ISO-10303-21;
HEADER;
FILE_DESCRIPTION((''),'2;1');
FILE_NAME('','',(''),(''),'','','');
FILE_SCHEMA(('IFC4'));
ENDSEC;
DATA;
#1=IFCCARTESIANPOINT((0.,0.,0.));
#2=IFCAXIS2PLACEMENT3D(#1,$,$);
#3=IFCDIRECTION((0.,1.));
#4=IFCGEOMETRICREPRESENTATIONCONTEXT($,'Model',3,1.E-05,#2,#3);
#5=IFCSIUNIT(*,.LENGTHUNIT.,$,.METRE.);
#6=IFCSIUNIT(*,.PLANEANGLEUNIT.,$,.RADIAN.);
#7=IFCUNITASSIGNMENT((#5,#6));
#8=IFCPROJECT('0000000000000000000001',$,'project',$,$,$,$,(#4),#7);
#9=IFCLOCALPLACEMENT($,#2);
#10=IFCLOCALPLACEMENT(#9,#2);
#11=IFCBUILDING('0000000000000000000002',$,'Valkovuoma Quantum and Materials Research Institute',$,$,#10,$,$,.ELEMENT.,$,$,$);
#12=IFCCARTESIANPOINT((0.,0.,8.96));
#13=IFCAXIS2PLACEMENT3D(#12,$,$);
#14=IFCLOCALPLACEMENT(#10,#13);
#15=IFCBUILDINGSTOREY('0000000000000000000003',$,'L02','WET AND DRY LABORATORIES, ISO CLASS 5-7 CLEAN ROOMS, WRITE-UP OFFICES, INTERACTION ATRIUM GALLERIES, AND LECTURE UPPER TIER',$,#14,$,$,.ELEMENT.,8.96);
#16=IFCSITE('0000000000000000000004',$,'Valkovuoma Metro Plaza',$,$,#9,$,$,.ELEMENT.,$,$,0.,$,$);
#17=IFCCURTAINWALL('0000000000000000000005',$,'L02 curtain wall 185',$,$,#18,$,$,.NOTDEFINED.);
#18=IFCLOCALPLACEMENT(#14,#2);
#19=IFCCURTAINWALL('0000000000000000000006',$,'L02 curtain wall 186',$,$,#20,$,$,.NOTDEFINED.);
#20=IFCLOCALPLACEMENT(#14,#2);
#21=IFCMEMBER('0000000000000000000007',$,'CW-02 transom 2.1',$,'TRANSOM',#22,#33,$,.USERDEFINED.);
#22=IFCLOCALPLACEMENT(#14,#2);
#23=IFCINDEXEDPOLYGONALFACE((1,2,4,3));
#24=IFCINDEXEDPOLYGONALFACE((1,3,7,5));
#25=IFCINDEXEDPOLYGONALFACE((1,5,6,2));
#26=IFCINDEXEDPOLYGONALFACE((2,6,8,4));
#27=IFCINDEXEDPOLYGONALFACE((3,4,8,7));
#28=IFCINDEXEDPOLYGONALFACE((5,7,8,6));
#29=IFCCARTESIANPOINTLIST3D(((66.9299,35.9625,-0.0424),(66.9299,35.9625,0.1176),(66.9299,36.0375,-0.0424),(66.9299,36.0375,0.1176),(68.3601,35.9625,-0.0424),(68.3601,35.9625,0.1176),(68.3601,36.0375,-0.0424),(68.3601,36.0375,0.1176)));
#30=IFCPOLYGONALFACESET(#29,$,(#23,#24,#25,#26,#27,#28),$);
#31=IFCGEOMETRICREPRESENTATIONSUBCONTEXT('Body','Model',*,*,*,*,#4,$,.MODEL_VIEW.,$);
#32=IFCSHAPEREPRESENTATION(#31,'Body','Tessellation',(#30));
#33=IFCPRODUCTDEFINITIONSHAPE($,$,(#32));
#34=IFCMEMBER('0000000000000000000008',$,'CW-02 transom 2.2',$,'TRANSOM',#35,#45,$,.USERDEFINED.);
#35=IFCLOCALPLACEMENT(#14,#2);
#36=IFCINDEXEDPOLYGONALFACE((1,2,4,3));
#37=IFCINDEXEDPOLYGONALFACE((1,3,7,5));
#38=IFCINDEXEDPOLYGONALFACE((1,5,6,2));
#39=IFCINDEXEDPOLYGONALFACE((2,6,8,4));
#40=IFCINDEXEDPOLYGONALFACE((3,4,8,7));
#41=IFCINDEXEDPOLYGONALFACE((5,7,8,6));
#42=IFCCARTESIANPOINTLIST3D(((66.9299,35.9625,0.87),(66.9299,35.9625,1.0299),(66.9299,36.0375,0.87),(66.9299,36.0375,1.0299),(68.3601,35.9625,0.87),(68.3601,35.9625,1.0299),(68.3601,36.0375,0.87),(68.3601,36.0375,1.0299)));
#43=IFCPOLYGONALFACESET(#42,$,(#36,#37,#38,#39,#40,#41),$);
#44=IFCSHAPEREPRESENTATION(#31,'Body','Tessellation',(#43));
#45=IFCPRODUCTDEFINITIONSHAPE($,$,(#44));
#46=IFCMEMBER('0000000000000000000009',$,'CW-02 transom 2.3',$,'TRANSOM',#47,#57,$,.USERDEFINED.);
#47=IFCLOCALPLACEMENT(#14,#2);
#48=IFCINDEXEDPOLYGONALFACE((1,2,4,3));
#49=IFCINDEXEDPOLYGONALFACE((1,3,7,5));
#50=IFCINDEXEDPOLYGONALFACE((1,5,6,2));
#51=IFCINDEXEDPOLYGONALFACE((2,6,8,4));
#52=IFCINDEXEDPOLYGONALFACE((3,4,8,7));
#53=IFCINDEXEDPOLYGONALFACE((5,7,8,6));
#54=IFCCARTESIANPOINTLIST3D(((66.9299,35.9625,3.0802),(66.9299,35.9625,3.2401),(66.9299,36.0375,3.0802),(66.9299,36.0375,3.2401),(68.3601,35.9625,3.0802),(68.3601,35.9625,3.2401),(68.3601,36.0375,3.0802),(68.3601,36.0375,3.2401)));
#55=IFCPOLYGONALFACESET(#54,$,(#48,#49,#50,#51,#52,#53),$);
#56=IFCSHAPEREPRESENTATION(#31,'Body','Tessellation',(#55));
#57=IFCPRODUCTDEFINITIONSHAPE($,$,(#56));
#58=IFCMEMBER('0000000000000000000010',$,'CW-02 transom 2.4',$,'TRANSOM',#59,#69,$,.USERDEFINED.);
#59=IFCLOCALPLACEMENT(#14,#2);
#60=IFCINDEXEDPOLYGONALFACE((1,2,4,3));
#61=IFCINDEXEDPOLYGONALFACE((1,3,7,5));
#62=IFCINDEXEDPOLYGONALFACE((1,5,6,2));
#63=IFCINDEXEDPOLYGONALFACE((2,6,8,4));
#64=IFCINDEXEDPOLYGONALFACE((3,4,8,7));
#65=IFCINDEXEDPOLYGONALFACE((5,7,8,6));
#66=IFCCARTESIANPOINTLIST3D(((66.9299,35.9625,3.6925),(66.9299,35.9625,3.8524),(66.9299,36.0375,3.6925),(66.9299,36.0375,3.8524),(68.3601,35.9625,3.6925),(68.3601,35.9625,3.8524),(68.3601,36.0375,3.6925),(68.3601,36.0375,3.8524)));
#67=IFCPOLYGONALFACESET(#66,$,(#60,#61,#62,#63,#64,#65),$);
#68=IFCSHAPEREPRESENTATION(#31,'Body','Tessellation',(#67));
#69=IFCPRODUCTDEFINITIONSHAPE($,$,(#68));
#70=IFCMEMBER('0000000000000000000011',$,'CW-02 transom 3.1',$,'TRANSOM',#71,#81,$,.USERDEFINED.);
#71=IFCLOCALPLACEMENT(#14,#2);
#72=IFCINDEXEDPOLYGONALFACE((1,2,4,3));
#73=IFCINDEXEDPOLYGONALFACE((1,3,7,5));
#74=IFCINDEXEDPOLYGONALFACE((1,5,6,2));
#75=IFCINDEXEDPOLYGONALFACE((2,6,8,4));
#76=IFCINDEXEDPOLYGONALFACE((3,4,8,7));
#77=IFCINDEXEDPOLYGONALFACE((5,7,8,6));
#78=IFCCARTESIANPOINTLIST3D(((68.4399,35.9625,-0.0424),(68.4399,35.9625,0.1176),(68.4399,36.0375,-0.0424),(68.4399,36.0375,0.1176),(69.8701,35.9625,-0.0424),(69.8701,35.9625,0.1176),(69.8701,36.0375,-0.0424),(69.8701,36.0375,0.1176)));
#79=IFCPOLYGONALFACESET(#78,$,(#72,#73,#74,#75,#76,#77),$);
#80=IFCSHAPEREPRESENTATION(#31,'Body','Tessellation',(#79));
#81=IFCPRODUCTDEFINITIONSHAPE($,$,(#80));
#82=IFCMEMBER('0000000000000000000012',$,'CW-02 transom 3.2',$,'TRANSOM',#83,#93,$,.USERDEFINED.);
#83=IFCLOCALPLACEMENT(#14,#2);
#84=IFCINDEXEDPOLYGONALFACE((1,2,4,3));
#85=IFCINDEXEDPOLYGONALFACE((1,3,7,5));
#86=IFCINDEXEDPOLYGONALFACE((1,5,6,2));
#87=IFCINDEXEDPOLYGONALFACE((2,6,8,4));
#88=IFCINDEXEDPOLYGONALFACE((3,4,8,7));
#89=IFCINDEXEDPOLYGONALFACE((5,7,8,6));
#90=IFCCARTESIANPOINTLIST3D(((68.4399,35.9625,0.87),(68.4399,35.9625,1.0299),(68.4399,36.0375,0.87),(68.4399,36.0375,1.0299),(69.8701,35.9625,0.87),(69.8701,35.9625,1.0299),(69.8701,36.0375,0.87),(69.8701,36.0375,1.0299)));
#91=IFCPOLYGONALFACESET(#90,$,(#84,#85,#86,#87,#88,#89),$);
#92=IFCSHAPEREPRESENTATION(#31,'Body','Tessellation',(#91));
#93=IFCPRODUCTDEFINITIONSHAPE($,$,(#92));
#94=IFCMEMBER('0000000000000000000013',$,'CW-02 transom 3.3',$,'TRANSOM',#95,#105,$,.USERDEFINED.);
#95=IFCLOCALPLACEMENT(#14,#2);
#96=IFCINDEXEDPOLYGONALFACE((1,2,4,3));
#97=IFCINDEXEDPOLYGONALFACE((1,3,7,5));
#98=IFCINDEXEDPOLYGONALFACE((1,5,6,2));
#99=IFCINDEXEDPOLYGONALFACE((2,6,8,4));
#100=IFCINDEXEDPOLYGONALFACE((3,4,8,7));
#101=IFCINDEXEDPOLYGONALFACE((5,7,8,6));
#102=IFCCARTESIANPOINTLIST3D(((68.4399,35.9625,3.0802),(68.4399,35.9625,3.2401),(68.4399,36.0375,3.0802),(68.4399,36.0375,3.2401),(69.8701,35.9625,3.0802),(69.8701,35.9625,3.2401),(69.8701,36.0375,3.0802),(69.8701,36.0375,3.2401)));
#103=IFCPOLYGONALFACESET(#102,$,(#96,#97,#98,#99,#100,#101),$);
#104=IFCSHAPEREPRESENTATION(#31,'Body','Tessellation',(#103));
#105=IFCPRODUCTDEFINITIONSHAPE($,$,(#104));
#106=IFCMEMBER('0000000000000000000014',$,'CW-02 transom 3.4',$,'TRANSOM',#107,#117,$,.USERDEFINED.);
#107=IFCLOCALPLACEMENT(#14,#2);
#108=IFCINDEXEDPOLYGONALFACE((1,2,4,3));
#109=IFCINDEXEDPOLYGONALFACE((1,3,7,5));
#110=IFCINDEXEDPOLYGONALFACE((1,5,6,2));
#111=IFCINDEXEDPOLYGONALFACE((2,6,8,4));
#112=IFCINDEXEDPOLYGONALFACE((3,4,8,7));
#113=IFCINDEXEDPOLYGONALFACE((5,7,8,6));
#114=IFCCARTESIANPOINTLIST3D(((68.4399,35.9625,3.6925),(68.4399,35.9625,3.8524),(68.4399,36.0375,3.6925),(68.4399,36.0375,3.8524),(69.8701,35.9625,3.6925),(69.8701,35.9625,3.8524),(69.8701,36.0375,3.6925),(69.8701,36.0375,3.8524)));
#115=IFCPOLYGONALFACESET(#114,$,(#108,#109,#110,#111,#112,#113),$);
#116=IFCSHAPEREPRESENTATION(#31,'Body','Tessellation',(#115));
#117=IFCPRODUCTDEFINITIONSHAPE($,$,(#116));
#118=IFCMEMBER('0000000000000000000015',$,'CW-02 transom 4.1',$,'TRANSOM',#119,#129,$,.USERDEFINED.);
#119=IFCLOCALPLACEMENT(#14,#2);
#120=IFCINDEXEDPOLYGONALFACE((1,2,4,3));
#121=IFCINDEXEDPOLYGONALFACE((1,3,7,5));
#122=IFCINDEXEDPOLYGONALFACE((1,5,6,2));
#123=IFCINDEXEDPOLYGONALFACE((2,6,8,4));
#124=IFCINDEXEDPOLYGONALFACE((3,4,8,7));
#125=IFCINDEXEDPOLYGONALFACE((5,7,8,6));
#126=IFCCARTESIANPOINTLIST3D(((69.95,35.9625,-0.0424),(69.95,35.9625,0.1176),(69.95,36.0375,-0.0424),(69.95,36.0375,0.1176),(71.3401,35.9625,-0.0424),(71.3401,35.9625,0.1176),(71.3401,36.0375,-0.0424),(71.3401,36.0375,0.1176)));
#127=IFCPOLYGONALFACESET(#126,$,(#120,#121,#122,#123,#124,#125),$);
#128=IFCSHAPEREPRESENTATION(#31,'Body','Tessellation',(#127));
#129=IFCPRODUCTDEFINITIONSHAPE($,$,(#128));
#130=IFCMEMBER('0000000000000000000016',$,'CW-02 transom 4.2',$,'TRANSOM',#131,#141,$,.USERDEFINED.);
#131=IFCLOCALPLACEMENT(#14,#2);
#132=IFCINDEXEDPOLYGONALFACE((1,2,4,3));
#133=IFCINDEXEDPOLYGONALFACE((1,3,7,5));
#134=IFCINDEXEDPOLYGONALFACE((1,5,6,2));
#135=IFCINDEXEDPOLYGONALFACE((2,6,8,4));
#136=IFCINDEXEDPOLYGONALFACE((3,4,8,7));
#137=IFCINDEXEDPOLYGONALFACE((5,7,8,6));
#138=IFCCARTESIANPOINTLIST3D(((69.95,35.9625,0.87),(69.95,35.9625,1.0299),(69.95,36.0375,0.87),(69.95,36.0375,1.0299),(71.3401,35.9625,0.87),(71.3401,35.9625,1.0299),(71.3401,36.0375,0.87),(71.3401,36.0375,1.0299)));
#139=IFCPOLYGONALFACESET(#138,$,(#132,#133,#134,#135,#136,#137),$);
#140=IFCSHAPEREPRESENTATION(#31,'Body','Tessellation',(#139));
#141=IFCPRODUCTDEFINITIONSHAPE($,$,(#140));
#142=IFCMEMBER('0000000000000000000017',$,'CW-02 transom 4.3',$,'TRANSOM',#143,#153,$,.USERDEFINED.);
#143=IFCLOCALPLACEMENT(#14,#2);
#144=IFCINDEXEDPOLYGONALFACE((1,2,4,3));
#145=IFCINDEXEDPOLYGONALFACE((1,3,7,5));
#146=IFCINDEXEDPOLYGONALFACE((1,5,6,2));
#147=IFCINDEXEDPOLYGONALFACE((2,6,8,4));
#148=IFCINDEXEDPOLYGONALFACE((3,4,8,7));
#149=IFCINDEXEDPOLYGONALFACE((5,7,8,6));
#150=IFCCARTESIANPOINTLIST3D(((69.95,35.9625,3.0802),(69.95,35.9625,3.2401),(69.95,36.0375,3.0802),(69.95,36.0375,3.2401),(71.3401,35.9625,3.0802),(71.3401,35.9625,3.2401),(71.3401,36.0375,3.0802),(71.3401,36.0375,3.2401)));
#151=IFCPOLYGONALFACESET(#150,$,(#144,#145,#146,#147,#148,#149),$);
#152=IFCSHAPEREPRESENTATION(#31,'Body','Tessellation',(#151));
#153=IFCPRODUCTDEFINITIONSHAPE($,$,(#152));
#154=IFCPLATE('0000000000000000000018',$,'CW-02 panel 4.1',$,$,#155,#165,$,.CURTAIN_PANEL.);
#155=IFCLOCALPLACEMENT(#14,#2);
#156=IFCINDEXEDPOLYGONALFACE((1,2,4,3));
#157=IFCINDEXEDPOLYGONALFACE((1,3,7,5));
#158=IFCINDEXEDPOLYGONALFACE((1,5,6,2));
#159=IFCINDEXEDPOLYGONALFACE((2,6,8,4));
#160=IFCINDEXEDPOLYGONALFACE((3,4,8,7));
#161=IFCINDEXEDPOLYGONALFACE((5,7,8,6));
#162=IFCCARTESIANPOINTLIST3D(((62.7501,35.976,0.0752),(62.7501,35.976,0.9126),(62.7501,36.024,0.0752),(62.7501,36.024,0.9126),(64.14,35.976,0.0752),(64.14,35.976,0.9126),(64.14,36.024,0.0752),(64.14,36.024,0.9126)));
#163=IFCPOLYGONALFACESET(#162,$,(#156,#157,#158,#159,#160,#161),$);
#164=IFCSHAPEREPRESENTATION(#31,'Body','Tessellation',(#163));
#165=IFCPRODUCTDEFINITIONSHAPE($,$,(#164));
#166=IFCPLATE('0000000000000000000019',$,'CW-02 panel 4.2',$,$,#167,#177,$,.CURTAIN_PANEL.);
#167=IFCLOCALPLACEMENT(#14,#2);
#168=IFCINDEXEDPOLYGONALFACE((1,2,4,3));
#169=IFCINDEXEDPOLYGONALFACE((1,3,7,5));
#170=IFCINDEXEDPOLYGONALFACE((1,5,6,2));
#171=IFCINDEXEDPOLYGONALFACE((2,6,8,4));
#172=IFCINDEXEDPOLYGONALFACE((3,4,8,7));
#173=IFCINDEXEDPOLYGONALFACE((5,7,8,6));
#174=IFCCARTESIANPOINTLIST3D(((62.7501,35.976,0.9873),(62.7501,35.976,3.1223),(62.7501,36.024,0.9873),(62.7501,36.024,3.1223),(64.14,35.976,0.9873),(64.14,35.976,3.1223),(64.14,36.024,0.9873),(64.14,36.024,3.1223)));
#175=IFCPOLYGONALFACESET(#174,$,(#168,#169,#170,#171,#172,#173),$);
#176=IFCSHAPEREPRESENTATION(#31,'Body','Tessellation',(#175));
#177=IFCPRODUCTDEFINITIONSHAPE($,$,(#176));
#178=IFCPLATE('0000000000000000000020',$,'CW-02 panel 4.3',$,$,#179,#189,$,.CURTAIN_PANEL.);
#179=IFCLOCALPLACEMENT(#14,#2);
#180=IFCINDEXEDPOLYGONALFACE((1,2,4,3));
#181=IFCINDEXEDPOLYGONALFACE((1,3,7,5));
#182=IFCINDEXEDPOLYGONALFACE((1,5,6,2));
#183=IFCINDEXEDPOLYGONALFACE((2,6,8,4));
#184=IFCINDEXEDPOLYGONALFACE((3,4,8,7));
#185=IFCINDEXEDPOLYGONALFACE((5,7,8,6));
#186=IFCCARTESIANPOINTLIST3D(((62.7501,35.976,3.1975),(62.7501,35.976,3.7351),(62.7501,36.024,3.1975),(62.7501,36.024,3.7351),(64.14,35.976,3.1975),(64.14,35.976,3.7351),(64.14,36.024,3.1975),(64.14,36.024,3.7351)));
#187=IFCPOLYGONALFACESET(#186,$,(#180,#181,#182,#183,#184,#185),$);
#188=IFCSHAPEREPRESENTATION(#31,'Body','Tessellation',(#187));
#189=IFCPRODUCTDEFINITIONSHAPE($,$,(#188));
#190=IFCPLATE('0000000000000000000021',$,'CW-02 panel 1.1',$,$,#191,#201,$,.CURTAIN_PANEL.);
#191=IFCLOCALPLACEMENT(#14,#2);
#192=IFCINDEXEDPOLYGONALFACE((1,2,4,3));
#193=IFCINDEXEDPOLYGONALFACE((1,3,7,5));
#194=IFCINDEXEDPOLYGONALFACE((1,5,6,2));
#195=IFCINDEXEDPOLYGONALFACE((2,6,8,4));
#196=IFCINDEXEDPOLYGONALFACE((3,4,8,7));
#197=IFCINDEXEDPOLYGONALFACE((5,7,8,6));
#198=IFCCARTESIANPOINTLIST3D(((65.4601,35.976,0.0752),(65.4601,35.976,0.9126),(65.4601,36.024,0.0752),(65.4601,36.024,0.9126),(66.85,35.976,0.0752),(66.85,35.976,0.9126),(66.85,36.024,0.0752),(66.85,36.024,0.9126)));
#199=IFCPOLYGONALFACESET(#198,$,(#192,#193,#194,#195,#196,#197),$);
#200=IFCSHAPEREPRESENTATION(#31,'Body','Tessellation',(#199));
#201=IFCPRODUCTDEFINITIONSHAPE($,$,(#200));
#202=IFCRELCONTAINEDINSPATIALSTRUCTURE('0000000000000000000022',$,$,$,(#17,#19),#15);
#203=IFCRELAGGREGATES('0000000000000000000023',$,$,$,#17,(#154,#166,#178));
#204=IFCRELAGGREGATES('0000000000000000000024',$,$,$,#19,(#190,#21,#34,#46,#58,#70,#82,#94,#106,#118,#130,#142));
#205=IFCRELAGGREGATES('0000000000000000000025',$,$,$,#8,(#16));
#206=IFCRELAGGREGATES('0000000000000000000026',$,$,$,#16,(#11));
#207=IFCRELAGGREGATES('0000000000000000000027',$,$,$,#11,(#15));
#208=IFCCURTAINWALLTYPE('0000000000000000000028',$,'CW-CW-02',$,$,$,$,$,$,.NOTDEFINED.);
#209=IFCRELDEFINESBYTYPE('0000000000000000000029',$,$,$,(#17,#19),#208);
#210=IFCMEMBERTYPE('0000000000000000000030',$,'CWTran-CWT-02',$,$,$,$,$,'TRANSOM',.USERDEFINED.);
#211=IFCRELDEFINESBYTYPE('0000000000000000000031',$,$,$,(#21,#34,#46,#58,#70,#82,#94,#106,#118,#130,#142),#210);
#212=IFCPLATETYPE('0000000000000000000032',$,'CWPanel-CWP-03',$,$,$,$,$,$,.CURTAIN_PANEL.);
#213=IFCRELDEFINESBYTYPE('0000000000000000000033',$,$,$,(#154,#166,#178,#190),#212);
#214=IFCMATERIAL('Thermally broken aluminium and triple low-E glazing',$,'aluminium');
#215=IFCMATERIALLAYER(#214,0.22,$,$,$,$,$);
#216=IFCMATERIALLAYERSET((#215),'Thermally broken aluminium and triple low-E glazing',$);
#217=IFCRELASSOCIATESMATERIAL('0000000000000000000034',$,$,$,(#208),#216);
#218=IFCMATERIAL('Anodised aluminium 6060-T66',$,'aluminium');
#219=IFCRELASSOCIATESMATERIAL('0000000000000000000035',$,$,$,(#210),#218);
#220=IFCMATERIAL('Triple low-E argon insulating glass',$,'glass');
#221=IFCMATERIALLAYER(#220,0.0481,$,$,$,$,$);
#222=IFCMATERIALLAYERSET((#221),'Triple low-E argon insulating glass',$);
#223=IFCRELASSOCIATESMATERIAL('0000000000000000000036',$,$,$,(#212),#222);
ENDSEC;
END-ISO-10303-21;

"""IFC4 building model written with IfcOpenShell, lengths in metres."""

from ifc_helpers import new_model, si_unit, direction, frame, origin, origin_2d, place, context, subcontext, project, spatial, rectangle, extrude, material, layer, layer_set, material_profile, profile_set, type_object, element, aggregate, save


model = new_model("IFC4")

# Units and contexts
model_context = context("Model", 3, precision=1e-05, world=origin(), true_north=direction((0.0, 1.0)))
body_context = subcontext(model_context, "Body", "Model", "MODEL_VIEW")
ifc_project = project(units=[si_unit("LENGTHUNIT", "METRE"), si_unit("PLANEANGLEUNIT", "RADIAN")], contexts=[model_context])

# Site, building, storey
site_placement = place(None, origin())
site = spatial("IfcSite", under=ifc_project, at=site_placement, Name="Valkovuoma Metro Plaza", CompositionType="ELEMENT", RefElevation=0.0)
building_placement = place(site_placement, origin())
building = spatial("IfcBuilding", under=site, at=building_placement, Name="Valkovuoma Quantum and Materials Research Institute", CompositionType="ELEMENT")
storey_placement = place(building_placement, frame((0.0, 0.0, 8.96)))
storey = spatial("IfcBuildingStorey", under=building, at=storey_placement, Name="L02", Description="WET AND DRY LABORATORIES, ISO CLASS 5-7 CLEAN ROOMS, WRITE-UP OFFICES, INTERACTION ATRIUM GALLERIES, AND LECTURE UPPER TIER", CompositionType="ELEMENT", Elevation=8.96)

# Curtain wall
ifc_material_1 = material(Name="Thermally broken aluminium and triple low-E glazing", Category="aluminium")
ifc_layer_1 = layer(ifc_material_1, 0.22)
ifc_layer_set_1 = layer_set([ifc_layer_1], Name="Thermally broken aluminium and triple low-E glazing")
curtain_wall_type = type_object("IfcCurtainWallType", Name="CW-CW-02", PredefinedType="NOTDEFINED", material=ifc_layer_set_1)
curtain_wall_1_placement = place(storey_placement, origin())
curtain_wall_1 = element("IfcCurtainWall", 1, at=curtain_wall_1_placement, inside=storey, type_object=curtain_wall_type, Name="L02 curtain wall 185", PredefinedType="NOTDEFINED")

# Curtain wall, members
curtain_wall_2_placement = place(storey_placement, origin())
curtain_wall_2 = element("IfcCurtainWall", 2, at=curtain_wall_2_placement, inside=storey, type_object=curtain_wall_type, Name="L02 curtain wall 186", PredefinedType="NOTDEFINED")
ifc_material_2 = material(Name="Anodised aluminium 6060-T66", Category="aluminium")
ifc_material_profile_1 = material_profile(ifc_material_2, rectangle(XDim=0.075, YDim=0.1599, at=origin_2d()), Name="Anodised aluminium 6060-T66")
ifc_profile_set_1 = profile_set([ifc_material_profile_1], Name="Anodised aluminium 6060-T66")
member_type_1 = type_object("IfcMemberType", Name="CWTran-CWT-02", ElementType="TRANSOM", PredefinedType="USERDEFINED", material=ifc_profile_set_1)
member_1_placement = place(storey_placement, frame((66.9299, 36.0, 0.0376), z_axis=(1.0, 0.0, 0.0), x_axis=(0.0, 1.0, 0.0)))
member_1 = element("IfcMember", 3, at=member_1_placement, type_object=member_type_1, Name="CW-02 transom 2.1", ObjectType="TRANSOM", PredefinedType="USERDEFINED", context=body_context, shape_type="SweptSolid", body=[
    extrude(rectangle(XDim=0.075, YDim=0.1599, at=origin_2d()), origin(), (0.0, 0.0, 1.0), 1.4302),
])
member_2_placement = place(storey_placement, frame((66.9299, 36.0, 0.95), z_axis=(1.0, 0.0, 0.0), x_axis=(0.0, 1.0, 0.0)))
member_2 = element("IfcMember", 4, at=member_2_placement, type_object=member_type_1, Name="CW-02 transom 2.2", ObjectType="TRANSOM", PredefinedType="USERDEFINED", context=body_context, shape_type="SweptSolid", body=[
    extrude(rectangle(XDim=0.075, YDim=0.1599, at=origin_2d()), origin(), (0.0, 0.0, 1.0), 1.4302),
])
member_3_placement = place(storey_placement, frame((66.9299, 36.0, 3.1602), z_axis=(1.0, 0.0, 0.0), x_axis=(0.0, 1.0, 0.0)))
member_3 = element("IfcMember", 5, at=member_3_placement, type_object=member_type_1, Name="CW-02 transom 2.3", ObjectType="TRANSOM", PredefinedType="USERDEFINED", context=body_context, shape_type="SweptSolid", body=[
    extrude(rectangle(XDim=0.075, YDim=0.1599, at=origin_2d()), origin(), (0.0, 0.0, 1.0), 1.4302),
])
member_4_placement = place(storey_placement, frame((66.9299, 36.0, 3.7725), z_axis=(1.0, 0.0, 0.0), x_axis=(0.0, 1.0, 0.0)))
member_4 = element("IfcMember", 6, at=member_4_placement, type_object=member_type_1, Name="CW-02 transom 2.4", ObjectType="TRANSOM", PredefinedType="USERDEFINED", context=body_context, shape_type="SweptSolid", body=[
    extrude(rectangle(XDim=0.075, YDim=0.1599, at=origin_2d()), origin(), (0.0, 0.0, 1.0), 1.4302),
])
member_5_placement = place(storey_placement, frame((68.4399, 36.0, 0.0376), z_axis=(1.0, 0.0, 0.0), x_axis=(0.0, 1.0, 0.0)))
member_5 = element("IfcMember", 7, at=member_5_placement, type_object=member_type_1, Name="CW-02 transom 3.1", ObjectType="TRANSOM", PredefinedType="USERDEFINED", context=body_context, shape_type="SweptSolid", body=[
    extrude(rectangle(XDim=0.075, YDim=0.1599, at=origin_2d()), origin(), (0.0, 0.0, 1.0), 1.4302),
])
member_6_placement = place(storey_placement, frame((68.4399, 36.0, 0.95), z_axis=(1.0, 0.0, 0.0), x_axis=(0.0, 1.0, 0.0)))
member_6 = element("IfcMember", 8, at=member_6_placement, type_object=member_type_1, Name="CW-02 transom 3.2", ObjectType="TRANSOM", PredefinedType="USERDEFINED", context=body_context, shape_type="SweptSolid", body=[
    extrude(rectangle(XDim=0.075, YDim=0.1599, at=origin_2d()), origin(), (0.0, 0.0, 1.0), 1.4302),
])
member_7_placement = place(storey_placement, frame((68.4399, 36.0, 3.1602), z_axis=(1.0, 0.0, 0.0), x_axis=(0.0, 1.0, 0.0)))
member_7 = element("IfcMember", 9, at=member_7_placement, type_object=member_type_1, Name="CW-02 transom 3.3", ObjectType="TRANSOM", PredefinedType="USERDEFINED", context=body_context, shape_type="SweptSolid", body=[
    extrude(rectangle(XDim=0.075, YDim=0.1599, at=origin_2d()), origin(), (0.0, 0.0, 1.0), 1.4302),
])
member_8_placement = place(storey_placement, frame((68.4399, 36.0, 3.7725), z_axis=(1.0, 0.0, 0.0), x_axis=(0.0, 1.0, 0.0)))
member_8 = element("IfcMember", 10, at=member_8_placement, type_object=member_type_1, Name="CW-02 transom 3.4", ObjectType="TRANSOM", PredefinedType="USERDEFINED", context=body_context, shape_type="SweptSolid", body=[
    extrude(rectangle(XDim=0.075, YDim=0.1599, at=origin_2d()), origin(), (0.0, 0.0, 1.0), 1.4302),
])
member_9_placement = place(storey_placement, frame((69.95, 36.0, 0.0376), z_axis=(1.0, 0.0, 0.0), x_axis=(0.0, 1.0, 0.0)))
member_9 = element("IfcMember", 11, at=member_9_placement, type_object=member_type_1, Name="CW-02 transom 4.1", ObjectType="TRANSOM", PredefinedType="USERDEFINED", context=body_context, shape_type="SweptSolid", body=[
    extrude(rectangle(XDim=0.075, YDim=0.1599, at=origin_2d()), origin(), (0.0, 0.0, 1.0), 1.3901),
])
member_10_placement = place(storey_placement, frame((69.95, 36.0, 0.95), z_axis=(1.0, 0.0, 0.0), x_axis=(0.0, 1.0, 0.0)))
member_10 = element("IfcMember", 12, at=member_10_placement, type_object=member_type_1, Name="CW-02 transom 4.2", ObjectType="TRANSOM", PredefinedType="USERDEFINED", context=body_context, shape_type="SweptSolid", body=[
    extrude(rectangle(XDim=0.075, YDim=0.1599, at=origin_2d()), origin(), (0.0, 0.0, 1.0), 1.3901),
])
member_11_placement = place(storey_placement, frame((69.95, 36.0, 3.1602), z_axis=(1.0, 0.0, 0.0), x_axis=(0.0, 1.0, 0.0)))
member_11 = element("IfcMember", 13, at=member_11_placement, type_object=member_type_1, Name="CW-02 transom 4.3", ObjectType="TRANSOM", PredefinedType="USERDEFINED", context=body_context, shape_type="SweptSolid", body=[
    extrude(rectangle(XDim=0.075, YDim=0.1599, at=origin_2d()), origin(), (0.0, 0.0, 1.0), 1.3901),
])

# Plates
ifc_material_3 = material(Name="Triple low-E argon insulating glass", Category="glass")
ifc_layer_2 = layer(ifc_material_3, 0.0481)
ifc_layer_set_2 = layer_set([ifc_layer_2], Name="Triple low-E argon insulating glass")
plate_type_1 = type_object("IfcPlateType", Name="CWPanel-CWP-03", PredefinedType="CURTAIN_PANEL", material=ifc_layer_set_2)
plate_1_placement = place(storey_placement, frame((63.4451, 36.0, 0.0752), z_axis=(0.0, 0.0, 1.0), x_axis=(1.0, 0.0, 0.0)))
plate_1 = element("IfcPlate", 14, at=plate_1_placement, type_object=plate_type_1, Name="CW-02 panel 4.1", PredefinedType="CURTAIN_PANEL", context=body_context, shape_type="SweptSolid", body=[
    extrude(rectangle(XDim=1.3899, YDim=0.0481, at=origin_2d()), origin(), (0.0, 0.0, 1.0), 0.8374),
])
plate_2_placement = place(storey_placement, frame((63.4451, 36.0, 0.9873), z_axis=(0.0, 0.0, 1.0), x_axis=(1.0, 0.0, 0.0)))
plate_2 = element("IfcPlate", 15, at=plate_2_placement, type_object=plate_type_1, Name="CW-02 panel 4.2", PredefinedType="CURTAIN_PANEL", context=body_context, shape_type="SweptSolid", body=[
    extrude(rectangle(XDim=1.3899, YDim=0.0481, at=origin_2d()), origin(), (0.0, 0.0, 1.0), 2.135),
])
plate_3_placement = place(storey_placement, frame((63.4451, 36.0, 3.1975), z_axis=(0.0, 0.0, 1.0), x_axis=(1.0, 0.0, 0.0)))
plate_3 = element("IfcPlate", 16, at=plate_3_placement, type_object=plate_type_1, Name="CW-02 panel 4.3", PredefinedType="CURTAIN_PANEL", context=body_context, shape_type="SweptSolid", body=[
    extrude(rectangle(XDim=1.3899, YDim=0.0481, at=origin_2d()), origin(), (0.0, 0.0, 1.0), 0.5376),
])
aggregate(curtain_wall_1, [plate_1, plate_2, plate_3])
plate_4_placement = place(storey_placement, frame((66.155, 36.0, 0.0752), z_axis=(0.0, 0.0, 1.0), x_axis=(1.0, 0.0, 0.0)))
plate_4 = element("IfcPlate", 17, at=plate_4_placement, type_object=plate_type_1, Name="CW-02 panel 1.1", PredefinedType="CURTAIN_PANEL", context=body_context, shape_type="SweptSolid", body=[
    extrude(rectangle(XDim=1.3899, YDim=0.0481, at=origin_2d()), origin(), (0.0, 0.0, 1.0), 0.8374),
])
aggregate(curtain_wall_2, [plate_4, member_1, member_2, member_3, member_4, member_5, member_6, member_7, member_8, member_9, member_10, member_11])

save(model, "model.ifc")
